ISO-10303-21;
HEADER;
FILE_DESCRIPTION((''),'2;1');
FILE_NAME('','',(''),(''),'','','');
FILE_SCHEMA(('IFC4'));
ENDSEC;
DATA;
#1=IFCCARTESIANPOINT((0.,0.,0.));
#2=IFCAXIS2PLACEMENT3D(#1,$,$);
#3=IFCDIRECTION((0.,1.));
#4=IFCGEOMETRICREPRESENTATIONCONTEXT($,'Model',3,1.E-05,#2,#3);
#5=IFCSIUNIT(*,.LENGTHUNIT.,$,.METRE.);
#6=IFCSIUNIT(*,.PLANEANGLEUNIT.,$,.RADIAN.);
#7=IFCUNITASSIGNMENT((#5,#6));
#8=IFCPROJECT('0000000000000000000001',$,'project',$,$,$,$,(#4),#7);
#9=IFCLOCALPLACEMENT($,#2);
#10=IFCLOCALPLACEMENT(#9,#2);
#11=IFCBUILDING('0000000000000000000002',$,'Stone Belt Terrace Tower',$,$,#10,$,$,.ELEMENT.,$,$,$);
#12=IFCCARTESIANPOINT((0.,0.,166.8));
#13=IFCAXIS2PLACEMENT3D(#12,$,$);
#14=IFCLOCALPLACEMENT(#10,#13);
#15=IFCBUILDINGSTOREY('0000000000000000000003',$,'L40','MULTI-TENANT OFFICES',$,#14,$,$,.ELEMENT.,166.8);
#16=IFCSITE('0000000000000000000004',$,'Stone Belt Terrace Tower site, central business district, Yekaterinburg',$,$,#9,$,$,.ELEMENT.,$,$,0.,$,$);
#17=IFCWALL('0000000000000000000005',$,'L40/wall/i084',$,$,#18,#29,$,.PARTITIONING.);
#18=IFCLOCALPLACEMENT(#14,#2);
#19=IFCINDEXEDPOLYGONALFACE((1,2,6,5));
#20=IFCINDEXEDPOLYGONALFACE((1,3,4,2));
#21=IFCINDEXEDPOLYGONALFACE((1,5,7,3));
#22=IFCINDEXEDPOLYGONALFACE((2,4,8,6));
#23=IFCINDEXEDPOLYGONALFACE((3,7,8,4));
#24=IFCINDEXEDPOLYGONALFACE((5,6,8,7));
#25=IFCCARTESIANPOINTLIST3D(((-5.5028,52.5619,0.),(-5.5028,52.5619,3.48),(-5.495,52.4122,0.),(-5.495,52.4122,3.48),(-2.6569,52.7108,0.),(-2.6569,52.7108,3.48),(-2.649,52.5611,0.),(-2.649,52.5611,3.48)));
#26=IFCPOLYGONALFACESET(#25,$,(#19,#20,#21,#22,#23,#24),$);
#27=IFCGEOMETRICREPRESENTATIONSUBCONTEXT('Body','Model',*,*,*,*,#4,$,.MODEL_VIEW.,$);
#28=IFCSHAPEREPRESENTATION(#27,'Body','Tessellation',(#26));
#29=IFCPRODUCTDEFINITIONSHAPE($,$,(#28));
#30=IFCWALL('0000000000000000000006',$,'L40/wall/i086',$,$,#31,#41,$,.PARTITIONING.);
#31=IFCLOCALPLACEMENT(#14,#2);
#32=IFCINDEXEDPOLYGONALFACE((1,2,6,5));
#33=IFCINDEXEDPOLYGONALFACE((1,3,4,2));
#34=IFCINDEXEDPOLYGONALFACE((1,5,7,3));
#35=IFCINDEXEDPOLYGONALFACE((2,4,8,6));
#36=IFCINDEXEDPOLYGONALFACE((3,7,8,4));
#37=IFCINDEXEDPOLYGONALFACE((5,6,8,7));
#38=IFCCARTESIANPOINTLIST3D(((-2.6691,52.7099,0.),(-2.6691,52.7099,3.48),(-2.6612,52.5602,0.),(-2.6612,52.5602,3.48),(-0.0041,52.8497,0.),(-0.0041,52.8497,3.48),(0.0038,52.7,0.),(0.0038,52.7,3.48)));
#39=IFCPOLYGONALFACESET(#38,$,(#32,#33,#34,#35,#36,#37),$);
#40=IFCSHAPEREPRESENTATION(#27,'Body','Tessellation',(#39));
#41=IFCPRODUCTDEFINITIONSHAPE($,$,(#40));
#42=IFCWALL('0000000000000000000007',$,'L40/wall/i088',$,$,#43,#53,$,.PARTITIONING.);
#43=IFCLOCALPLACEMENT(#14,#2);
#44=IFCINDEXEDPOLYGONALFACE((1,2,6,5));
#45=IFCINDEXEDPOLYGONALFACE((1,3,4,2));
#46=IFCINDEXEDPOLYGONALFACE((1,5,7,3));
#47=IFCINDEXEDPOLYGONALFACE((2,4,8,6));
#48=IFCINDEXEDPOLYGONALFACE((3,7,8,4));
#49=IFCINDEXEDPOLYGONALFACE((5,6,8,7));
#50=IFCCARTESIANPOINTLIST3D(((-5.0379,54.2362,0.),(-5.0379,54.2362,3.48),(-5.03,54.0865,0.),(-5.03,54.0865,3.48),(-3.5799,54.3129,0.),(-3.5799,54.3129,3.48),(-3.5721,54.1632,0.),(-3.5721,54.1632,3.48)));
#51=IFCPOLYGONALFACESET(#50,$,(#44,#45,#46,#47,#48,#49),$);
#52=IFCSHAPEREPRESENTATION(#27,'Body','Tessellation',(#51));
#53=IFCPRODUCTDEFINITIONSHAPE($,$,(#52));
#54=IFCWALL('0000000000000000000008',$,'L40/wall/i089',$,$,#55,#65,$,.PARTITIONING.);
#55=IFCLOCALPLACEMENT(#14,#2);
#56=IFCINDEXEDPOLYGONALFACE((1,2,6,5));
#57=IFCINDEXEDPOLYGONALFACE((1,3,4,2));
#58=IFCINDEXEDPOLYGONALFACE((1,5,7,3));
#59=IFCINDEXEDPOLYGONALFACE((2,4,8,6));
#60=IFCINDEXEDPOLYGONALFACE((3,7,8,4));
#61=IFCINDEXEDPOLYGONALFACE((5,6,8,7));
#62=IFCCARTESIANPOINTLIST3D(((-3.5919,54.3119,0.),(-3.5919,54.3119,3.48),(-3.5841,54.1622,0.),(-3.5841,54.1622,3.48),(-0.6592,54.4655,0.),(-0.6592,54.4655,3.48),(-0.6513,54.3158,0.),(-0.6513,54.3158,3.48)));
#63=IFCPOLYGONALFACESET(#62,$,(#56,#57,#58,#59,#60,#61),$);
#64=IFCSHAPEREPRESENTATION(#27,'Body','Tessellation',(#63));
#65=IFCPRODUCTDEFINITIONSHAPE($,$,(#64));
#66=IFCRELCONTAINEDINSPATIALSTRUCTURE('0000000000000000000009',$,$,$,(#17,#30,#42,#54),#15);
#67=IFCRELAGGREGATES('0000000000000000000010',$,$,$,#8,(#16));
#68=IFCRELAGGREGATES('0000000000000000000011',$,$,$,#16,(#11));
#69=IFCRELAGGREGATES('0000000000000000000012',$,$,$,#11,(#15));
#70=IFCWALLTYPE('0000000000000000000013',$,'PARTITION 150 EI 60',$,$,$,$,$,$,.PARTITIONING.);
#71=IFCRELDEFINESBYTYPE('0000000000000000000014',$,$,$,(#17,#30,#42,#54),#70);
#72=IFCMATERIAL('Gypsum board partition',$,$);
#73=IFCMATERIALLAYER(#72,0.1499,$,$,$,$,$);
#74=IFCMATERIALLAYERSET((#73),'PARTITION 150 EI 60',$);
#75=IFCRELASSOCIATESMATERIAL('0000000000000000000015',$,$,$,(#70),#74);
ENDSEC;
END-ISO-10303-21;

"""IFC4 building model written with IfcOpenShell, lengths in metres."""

from ifc_helpers import new_model, si_unit, direction, frame, frame_2d, origin, place, context, subcontext, project, spatial, rectangle, extrude, material, layer, layer_set, type_object, element, save


model = new_model("IFC4")

# Units and contexts
model_context = context("Model", 3, precision=1e-05, world=origin(), true_north=direction((0.0, 1.0)))
body_context = subcontext(model_context, "Body", "Model", "MODEL_VIEW")
ifc_project = project(units=[si_unit("LENGTHUNIT", "METRE"), si_unit("PLANEANGLEUNIT", "RADIAN")], contexts=[model_context])

# Site, building, storey
site_placement = place(None, origin())
site = spatial("IfcSite", under=ifc_project, at=site_placement, Name="Stone Belt Terrace Tower site, central business district, Yekaterinburg", CompositionType="ELEMENT", RefElevation=0.0)
building_placement = place(site_placement, origin())
building = spatial("IfcBuilding", under=site, at=building_placement, Name="Stone Belt Terrace Tower", CompositionType="ELEMENT")
storey_placement = place(building_placement, frame((0.0, 0.0, 166.8)))
storey = spatial("IfcBuildingStorey", under=building, at=storey_placement, Name="L40", Description="MULTI-TENANT OFFICES", CompositionType="ELEMENT", Elevation=166.8)

# Shared definitions
ifc_material_1 = material(Name="Gypsum board partition")

# Walls
ifc_layer_1 = layer(ifc_material_1, 0.1499)
ifc_layer_set_1 = layer_set([ifc_layer_1], Name="PARTITION 150 EI 60")
wall_type_1 = type_object("IfcWallType", Name="PARTITION 150 EI 60", PredefinedType="PARTITIONING", material=ifc_layer_set_1)
wall_1_placement = place(storey_placement, frame((-2.6531, 52.636, 0.0), z_axis=(0.0, 0.0, 1.0), x_axis=(-0.998634, -0.052258, 0.0)))
element("IfcWall", 1, at=wall_1_placement, inside=storey, type_object=wall_type_1, Name="L40/wall/i084", PredefinedType="PARTITIONING", context=body_context, shape_type="SweptSolid", body=[
    extrude(rectangle(XDim=2.8499, YDim=0.1499, at=frame_2d((1.4248, 0.0))), origin(), (0.0, 0.0, 1.0), 3.48),
])
wall_2_placement = place(storey_placement, frame((0.0, 52.7749, 0.0), z_axis=(0.0, 0.0, 1.0), x_axis=(-0.998625, -0.05242, 0.0)))
element("IfcWall", 2, at=wall_2_placement, inside=storey, type_object=wall_type_1, Name="L40/wall/i086", PredefinedType="PARTITIONING", context=body_context, shape_type="SweptSolid", body=[
    extrude(rectangle(XDim=2.6687, YDim=0.1499, at=frame_2d((1.3345, 0.0))), origin(), (0.0, 0.0, 1.0), 3.48),
])
wall_3_placement = place(storey_placement, frame((-5.0339, 54.1614, 0.0), z_axis=(0.0, 0.0, 1.0), x_axis=(0.998621, 0.052506, 0.0)))
element("IfcWall", 3, at=wall_3_placement, inside=storey, type_object=wall_type_1, Name="L40/wall/i088", PredefinedType="PARTITIONING", context=body_context, shape_type="SweptSolid", body=[
    extrude(rectangle(XDim=1.46, YDim=0.1499, at=frame_2d((0.73, 0.0))), origin(), (0.0, 0.0, 1.0), 3.48),
])
wall_4_placement = place(storey_placement, frame((-3.5879, 54.2371, 0.0), z_axis=(0.0, 0.0, 1.0), x_axis=(0.998632, 0.052288, 0.0)))
element("IfcWall", 4, at=wall_4_placement, inside=storey, type_object=wall_type_1, Name="L40/wall/i089", PredefinedType="PARTITIONING", context=body_context, shape_type="SweptSolid", body=[
    extrude(rectangle(XDim=2.9368, YDim=0.1499, at=frame_2d((1.4683, 0.0))), origin(), (0.0, 0.0, 1.0), 3.48),
])

save(model, "model.ifc")
